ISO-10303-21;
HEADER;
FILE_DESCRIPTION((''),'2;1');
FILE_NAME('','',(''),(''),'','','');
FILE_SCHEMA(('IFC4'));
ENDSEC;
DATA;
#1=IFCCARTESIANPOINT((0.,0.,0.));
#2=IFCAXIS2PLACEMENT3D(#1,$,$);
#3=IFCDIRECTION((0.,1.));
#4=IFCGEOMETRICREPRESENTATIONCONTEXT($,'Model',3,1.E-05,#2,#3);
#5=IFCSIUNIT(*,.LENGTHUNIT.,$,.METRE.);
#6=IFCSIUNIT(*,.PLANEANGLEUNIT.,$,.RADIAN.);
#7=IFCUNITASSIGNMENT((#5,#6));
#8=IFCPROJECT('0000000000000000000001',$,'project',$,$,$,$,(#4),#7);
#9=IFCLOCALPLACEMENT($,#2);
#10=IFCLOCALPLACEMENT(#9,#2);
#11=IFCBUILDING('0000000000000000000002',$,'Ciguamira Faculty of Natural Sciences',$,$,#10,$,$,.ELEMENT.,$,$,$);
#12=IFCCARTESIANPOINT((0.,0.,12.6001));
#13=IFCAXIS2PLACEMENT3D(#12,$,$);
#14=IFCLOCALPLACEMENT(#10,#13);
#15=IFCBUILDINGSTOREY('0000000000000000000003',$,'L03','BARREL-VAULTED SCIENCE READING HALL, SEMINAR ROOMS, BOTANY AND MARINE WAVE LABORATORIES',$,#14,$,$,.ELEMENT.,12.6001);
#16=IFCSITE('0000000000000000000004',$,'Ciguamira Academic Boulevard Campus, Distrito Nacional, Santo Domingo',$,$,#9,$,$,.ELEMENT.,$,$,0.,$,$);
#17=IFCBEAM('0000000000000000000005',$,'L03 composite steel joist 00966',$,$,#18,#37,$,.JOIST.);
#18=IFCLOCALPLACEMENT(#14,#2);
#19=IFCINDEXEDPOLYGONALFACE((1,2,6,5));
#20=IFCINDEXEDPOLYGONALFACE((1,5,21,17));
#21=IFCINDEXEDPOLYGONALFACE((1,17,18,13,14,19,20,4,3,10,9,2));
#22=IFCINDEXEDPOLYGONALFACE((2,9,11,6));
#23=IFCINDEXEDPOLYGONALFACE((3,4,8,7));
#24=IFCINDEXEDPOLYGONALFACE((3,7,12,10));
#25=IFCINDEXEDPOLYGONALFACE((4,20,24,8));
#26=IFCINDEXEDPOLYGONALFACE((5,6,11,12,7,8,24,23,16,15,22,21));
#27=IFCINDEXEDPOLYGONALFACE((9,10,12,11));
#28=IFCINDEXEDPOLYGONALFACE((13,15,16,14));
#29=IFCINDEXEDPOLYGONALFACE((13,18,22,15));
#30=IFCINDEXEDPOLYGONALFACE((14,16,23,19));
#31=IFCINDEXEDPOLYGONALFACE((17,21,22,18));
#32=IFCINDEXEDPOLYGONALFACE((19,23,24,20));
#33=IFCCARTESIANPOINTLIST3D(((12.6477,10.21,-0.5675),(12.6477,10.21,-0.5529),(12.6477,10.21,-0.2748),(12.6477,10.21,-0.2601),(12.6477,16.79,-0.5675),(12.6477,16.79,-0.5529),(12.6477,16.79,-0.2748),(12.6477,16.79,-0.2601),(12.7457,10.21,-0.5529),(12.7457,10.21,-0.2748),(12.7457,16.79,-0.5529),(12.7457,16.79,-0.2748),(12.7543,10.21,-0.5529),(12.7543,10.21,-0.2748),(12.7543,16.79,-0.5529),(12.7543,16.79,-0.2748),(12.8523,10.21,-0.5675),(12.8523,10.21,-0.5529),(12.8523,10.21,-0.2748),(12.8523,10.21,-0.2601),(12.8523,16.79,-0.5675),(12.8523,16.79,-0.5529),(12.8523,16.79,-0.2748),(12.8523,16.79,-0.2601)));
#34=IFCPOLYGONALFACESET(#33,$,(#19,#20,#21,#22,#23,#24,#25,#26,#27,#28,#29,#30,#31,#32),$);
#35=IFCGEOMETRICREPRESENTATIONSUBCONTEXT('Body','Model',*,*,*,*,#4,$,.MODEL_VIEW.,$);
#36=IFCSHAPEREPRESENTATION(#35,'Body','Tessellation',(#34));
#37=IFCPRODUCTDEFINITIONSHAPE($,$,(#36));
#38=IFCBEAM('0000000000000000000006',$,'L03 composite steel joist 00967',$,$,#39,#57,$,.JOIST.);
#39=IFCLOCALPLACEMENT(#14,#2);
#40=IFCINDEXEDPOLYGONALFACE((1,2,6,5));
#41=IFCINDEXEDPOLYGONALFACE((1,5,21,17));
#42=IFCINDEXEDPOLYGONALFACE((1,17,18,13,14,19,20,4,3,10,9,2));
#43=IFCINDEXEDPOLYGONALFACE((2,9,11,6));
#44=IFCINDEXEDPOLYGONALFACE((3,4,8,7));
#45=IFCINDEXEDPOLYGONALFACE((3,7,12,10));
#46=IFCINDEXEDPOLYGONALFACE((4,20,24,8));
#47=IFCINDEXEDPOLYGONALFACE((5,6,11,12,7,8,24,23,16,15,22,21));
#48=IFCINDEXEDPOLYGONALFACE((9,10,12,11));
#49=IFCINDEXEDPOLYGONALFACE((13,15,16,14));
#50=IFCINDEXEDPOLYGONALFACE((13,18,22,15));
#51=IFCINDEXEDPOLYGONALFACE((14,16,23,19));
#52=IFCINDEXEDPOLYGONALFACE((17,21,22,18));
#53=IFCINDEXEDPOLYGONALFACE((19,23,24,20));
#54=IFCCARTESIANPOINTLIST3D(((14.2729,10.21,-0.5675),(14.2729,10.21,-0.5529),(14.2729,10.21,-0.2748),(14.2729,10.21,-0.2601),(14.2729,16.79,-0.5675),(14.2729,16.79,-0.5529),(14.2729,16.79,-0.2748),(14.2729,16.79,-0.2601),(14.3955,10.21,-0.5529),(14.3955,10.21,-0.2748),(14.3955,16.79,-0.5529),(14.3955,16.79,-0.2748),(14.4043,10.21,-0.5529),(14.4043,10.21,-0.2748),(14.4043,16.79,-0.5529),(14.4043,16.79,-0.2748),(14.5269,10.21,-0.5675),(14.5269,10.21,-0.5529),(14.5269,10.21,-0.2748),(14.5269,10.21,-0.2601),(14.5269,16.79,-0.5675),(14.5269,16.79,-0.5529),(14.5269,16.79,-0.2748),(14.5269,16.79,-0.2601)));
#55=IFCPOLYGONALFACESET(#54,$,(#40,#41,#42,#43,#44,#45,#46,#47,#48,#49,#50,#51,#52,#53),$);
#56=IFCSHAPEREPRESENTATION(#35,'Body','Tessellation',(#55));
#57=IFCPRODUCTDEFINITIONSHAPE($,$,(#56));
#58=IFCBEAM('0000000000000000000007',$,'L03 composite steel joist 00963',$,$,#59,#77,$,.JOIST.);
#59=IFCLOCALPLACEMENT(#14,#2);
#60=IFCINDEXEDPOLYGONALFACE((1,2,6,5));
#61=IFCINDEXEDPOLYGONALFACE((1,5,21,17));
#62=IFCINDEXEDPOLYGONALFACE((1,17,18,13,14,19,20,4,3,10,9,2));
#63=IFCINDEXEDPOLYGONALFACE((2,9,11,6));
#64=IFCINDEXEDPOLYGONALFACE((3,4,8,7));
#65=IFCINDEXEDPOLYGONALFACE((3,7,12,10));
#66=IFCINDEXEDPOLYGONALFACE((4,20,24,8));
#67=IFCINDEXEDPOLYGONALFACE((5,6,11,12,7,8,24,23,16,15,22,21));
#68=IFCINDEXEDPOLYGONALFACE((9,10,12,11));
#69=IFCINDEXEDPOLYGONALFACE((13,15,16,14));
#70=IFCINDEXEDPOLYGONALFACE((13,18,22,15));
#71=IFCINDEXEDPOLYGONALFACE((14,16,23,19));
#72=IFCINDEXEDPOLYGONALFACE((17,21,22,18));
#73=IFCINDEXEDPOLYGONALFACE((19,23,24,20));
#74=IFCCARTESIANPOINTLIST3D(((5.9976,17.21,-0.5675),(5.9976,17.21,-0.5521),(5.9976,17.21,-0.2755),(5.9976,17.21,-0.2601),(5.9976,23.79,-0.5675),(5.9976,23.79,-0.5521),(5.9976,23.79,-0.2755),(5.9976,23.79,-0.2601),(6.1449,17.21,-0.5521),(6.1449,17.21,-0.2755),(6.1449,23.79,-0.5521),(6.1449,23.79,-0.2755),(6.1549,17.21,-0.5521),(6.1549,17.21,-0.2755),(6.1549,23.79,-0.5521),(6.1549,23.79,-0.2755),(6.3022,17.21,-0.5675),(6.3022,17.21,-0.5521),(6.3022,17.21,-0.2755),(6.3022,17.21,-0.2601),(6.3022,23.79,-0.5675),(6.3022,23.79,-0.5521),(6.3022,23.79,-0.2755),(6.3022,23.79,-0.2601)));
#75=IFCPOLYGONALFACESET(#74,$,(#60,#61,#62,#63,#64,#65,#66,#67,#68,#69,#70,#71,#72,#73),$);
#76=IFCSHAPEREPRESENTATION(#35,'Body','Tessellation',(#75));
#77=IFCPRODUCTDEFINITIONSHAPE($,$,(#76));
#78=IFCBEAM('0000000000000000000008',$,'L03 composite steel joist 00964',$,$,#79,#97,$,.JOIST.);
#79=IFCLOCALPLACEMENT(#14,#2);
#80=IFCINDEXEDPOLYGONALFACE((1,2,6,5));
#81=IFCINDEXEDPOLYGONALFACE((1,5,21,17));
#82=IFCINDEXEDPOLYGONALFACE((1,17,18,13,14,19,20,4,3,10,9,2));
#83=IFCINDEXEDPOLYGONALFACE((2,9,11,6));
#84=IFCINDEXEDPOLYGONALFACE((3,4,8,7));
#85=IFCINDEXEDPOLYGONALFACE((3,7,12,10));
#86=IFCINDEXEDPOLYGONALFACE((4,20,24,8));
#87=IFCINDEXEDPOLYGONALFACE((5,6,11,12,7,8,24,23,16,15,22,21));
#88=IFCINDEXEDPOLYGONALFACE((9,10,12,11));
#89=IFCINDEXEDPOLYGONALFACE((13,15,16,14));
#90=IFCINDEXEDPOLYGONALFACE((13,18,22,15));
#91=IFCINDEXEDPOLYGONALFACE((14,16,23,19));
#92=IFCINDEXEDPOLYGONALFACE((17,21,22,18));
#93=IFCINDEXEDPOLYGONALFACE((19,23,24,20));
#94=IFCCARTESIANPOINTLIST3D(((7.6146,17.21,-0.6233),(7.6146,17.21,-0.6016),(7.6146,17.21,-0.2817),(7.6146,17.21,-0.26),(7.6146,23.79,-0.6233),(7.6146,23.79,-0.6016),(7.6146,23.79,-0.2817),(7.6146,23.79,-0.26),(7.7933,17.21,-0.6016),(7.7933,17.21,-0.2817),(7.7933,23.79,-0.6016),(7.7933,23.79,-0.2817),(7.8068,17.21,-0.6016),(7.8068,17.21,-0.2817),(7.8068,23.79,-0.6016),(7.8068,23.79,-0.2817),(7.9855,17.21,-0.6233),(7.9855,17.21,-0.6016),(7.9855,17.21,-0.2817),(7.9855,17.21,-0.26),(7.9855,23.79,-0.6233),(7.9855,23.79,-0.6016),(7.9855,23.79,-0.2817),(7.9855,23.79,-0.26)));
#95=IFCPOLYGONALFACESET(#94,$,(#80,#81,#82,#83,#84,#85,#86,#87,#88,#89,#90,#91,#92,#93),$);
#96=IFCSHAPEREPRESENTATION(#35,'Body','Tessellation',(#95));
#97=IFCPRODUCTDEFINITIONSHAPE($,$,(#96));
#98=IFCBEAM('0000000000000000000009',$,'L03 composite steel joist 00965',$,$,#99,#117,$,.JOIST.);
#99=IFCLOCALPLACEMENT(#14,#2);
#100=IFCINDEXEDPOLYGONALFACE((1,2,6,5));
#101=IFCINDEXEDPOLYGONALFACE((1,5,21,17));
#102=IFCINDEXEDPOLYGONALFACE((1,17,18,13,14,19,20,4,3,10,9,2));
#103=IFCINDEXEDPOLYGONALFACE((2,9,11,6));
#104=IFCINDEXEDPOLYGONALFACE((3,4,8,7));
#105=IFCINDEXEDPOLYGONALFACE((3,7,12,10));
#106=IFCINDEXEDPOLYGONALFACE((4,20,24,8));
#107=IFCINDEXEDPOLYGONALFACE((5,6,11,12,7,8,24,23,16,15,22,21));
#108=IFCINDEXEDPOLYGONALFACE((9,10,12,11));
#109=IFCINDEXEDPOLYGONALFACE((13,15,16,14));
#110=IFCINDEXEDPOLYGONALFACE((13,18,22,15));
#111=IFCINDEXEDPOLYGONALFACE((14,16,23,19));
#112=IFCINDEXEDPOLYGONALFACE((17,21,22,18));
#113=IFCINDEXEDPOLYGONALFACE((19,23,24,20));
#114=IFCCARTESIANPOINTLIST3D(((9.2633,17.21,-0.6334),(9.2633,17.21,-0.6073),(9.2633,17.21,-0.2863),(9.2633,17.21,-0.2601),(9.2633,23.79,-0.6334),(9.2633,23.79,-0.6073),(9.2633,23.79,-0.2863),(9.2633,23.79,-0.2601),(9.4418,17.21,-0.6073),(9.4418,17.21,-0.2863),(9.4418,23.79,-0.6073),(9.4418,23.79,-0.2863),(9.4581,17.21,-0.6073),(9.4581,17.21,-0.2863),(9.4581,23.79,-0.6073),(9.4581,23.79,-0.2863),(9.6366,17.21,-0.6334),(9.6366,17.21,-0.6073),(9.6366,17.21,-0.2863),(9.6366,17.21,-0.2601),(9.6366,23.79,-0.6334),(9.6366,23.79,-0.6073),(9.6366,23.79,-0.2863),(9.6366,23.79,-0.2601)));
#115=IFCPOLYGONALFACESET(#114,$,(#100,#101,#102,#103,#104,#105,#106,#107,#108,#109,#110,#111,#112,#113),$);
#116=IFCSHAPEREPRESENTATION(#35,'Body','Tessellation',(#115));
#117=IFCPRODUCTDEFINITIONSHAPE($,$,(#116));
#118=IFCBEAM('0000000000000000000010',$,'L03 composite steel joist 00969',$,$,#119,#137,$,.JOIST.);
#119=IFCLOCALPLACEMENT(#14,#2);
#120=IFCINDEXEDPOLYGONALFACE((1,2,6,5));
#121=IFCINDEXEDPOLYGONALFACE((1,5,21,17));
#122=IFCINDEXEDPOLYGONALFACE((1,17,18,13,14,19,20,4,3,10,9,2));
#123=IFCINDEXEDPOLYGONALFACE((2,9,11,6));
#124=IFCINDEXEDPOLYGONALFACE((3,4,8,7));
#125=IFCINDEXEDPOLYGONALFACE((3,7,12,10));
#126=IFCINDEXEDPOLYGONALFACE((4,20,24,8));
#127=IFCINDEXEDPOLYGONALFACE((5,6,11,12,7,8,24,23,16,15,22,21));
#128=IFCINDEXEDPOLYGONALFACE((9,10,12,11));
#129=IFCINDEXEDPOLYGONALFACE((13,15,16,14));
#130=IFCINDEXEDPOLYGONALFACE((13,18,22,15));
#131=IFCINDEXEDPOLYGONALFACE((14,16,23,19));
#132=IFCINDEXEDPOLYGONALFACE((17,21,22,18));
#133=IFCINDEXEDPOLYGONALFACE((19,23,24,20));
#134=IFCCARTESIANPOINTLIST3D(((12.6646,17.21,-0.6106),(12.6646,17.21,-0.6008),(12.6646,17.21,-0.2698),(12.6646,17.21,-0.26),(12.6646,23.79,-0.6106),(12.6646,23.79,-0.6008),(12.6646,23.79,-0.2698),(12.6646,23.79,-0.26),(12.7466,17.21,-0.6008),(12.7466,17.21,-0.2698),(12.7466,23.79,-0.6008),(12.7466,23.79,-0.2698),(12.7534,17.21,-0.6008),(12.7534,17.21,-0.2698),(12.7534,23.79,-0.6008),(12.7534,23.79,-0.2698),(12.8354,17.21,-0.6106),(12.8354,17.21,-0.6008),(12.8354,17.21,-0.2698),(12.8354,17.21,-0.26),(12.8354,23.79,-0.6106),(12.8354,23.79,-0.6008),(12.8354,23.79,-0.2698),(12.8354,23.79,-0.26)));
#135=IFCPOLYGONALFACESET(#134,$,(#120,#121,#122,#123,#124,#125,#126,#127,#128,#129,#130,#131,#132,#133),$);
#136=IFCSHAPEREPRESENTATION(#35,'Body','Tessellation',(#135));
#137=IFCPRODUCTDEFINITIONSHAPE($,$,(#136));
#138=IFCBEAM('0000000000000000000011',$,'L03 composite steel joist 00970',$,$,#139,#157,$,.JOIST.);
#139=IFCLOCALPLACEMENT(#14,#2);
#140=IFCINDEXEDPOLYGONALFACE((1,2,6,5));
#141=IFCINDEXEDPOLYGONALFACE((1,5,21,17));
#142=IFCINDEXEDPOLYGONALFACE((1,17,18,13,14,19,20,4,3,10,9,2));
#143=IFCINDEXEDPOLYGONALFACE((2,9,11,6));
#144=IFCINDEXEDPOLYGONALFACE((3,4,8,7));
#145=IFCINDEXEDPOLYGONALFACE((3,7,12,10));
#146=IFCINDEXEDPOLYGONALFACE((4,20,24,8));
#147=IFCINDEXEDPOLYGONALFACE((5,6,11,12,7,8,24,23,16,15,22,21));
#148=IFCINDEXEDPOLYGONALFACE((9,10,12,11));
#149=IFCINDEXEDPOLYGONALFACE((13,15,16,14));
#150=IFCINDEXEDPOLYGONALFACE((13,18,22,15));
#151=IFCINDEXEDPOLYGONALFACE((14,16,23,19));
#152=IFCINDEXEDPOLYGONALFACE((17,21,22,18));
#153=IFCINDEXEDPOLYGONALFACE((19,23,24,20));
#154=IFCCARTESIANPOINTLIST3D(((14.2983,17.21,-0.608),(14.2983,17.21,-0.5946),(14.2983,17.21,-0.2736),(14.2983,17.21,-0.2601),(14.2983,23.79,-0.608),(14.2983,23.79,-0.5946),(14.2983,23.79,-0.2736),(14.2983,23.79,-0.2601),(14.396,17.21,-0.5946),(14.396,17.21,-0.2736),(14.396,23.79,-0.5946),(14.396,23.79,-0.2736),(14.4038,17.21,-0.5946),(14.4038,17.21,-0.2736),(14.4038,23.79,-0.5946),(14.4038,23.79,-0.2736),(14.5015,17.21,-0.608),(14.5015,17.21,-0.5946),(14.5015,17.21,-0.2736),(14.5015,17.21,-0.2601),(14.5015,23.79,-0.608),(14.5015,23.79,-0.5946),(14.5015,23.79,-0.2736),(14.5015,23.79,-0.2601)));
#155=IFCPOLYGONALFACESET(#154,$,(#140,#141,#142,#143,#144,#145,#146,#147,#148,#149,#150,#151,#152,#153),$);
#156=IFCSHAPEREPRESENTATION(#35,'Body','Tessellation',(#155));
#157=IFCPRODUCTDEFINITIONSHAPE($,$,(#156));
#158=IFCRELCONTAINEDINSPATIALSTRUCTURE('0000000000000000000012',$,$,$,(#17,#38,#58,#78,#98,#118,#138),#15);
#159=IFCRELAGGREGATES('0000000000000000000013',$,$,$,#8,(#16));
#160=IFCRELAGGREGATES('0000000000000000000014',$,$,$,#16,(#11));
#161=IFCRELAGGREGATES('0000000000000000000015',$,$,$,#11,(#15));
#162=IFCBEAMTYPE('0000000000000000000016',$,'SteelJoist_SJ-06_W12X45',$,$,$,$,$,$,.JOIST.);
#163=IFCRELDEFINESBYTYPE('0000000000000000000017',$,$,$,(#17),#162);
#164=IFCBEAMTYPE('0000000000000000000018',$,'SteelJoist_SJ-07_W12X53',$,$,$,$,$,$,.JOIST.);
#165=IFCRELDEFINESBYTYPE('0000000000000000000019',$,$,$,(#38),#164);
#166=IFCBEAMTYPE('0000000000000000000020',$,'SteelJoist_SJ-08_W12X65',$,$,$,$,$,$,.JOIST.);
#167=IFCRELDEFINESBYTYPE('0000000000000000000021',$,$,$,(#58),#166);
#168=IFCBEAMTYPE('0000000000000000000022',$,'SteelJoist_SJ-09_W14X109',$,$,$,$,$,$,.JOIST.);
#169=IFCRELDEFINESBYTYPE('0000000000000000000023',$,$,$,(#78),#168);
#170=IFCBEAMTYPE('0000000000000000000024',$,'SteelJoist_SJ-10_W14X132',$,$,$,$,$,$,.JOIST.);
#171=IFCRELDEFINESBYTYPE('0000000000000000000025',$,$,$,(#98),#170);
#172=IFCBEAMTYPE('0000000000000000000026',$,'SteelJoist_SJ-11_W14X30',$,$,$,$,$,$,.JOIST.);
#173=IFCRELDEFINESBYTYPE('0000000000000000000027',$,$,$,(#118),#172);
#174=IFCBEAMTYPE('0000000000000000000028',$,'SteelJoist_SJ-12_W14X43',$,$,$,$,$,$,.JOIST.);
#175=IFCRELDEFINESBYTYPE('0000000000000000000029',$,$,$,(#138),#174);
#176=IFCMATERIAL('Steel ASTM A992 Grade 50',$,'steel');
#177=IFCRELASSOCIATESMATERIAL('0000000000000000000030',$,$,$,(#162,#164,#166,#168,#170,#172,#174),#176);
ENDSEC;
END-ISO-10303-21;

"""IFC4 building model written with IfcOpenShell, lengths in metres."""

from ifc_helpers import new_model, si_unit, direction, frame, origin, origin_2d, place, context, subcontext, project, spatial, i_section, extrude, material, material_profile, profile_set, type_object, element, save


model = new_model("IFC4")

# Units and contexts
model_context = context("Model", 3, precision=1e-05, world=origin(), true_north=direction((0.0, 1.0)))
body_context = subcontext(model_context, "Body", "Model", "MODEL_VIEW")
ifc_project = project(units=[si_unit("LENGTHUNIT", "METRE"), si_unit("PLANEANGLEUNIT", "RADIAN")], contexts=[model_context])

# Site, building, storey
site_placement = place(None, origin())
site = spatial("IfcSite", under=ifc_project, at=site_placement, Name="Ciguamira Academic Boulevard Campus, Distrito Nacional, Santo Domingo", CompositionType="ELEMENT", RefElevation=0.0)
building_placement = place(site_placement, origin())
building = spatial("IfcBuilding", under=site, at=building_placement, Name="Ciguamira Faculty of Natural Sciences", CompositionType="ELEMENT")
storey_placement = place(building_placement, frame((0.0, 0.0, 12.6001)))
storey = spatial("IfcBuildingStorey", under=building, at=storey_placement, Name="L03", Description="BARREL-VAULTED SCIENCE READING HALL, SEMINAR ROOMS, BOTANY AND MARINE WAVE LABORATORIES", CompositionType="ELEMENT", Elevation=12.6001)

# Beams
ifc_material_1 = material(Name="Steel ASTM A992 Grade 50", Category="steel")
ifc_material_profile_1 = material_profile(ifc_material_1, i_section(OverallWidth=0.2046, OverallDepth=0.3074, WebThickness=0.0085, FlangeThickness=0.0146, at=origin_2d()), Name="W12X45")
ifc_profile_set_1 = profile_set([ifc_material_profile_1], Name="Steel ASTM A992 Grade 50")
beam_type_1 = type_object("IfcBeamType", Name="SteelJoist_SJ-06_W12X45", PredefinedType="JOIST", material=ifc_profile_set_1)
beam_1_placement = place(storey_placement, frame((12.75, 10.21, -0.4138), z_axis=(0.0, 1.0, 0.0), x_axis=(-1.0, 0.0, 0.0)))
element("IfcBeam", 1, at=beam_1_placement, inside=storey, type_object=beam_type_1, Name="L03 composite steel joist 00966", PredefinedType="JOIST", context=body_context, shape_type="SweptSolid", body=[
    extrude(i_section(OverallWidth=0.2046, OverallDepth=0.3074, WebThickness=0.0085, FlangeThickness=0.0146, at=origin_2d()), origin(), (0.0, 0.0, 1.0), 6.5801),
])
ifc_material_profile_2 = material_profile(ifc_material_1, i_section(OverallWidth=0.2539, OverallDepth=0.3074, WebThickness=0.0088, FlangeThickness=0.0146, at=origin_2d()), Name="W12X53")
ifc_profile_set_2 = profile_set([ifc_material_profile_2], Name="Steel ASTM A992 Grade 50")
beam_type_2 = type_object("IfcBeamType", Name="SteelJoist_SJ-07_W12X53", PredefinedType="JOIST", material=ifc_profile_set_2)
beam_2_placement = place(storey_placement, frame((14.3999, 10.21, -0.4138), z_axis=(0.0, 1.0, 0.0), x_axis=(-1.0, 0.0, 0.0)))
element("IfcBeam", 2, at=beam_2_placement, inside=storey, type_object=beam_type_2, Name="L03 composite steel joist 00967", PredefinedType="JOIST", context=body_context, shape_type="SweptSolid", body=[
    extrude(i_section(OverallWidth=0.2539, OverallDepth=0.3074, WebThickness=0.0088, FlangeThickness=0.0146, at=origin_2d()), origin(), (0.0, 0.0, 1.0), 6.5801),
])
ifc_material_profile_3 = material_profile(ifc_material_1, i_section(OverallWidth=0.3047, OverallDepth=0.3074, WebThickness=0.01, FlangeThickness=0.0154, at=origin_2d()), Name="W12X65")
ifc_profile_set_3 = profile_set([ifc_material_profile_3], Name="Steel ASTM A992 Grade 50")
beam_type_3 = type_object("IfcBeamType", Name="SteelJoist_SJ-08_W12X65", PredefinedType="JOIST", material=ifc_profile_set_3)
beam_3_placement = place(storey_placement, frame((6.1499, 17.21, -0.4138), z_axis=(0.0, 1.0, 0.0), x_axis=(-1.0, 0.0, 0.0)))
element("IfcBeam", 3, at=beam_3_placement, inside=storey, type_object=beam_type_3, Name="L03 composite steel joist 00963", PredefinedType="JOIST", context=body_context, shape_type="SweptSolid", body=[
    extrude(i_section(OverallWidth=0.3047, OverallDepth=0.3074, WebThickness=0.01, FlangeThickness=0.0154, at=origin_2d()), origin(), (0.0, 0.0, 1.0), 6.5801),
])
ifc_material_profile_4 = material_profile(ifc_material_1, i_section(OverallWidth=0.3708, OverallDepth=0.3633, WebThickness=0.0134, FlangeThickness=0.0217, at=origin_2d()), Name="W14X109")
ifc_profile_set_4 = profile_set([ifc_material_profile_4], Name="Steel ASTM A992 Grade 50")
beam_type_4 = type_object("IfcBeamType", Name="SteelJoist_SJ-09_W14X109", PredefinedType="JOIST", material=ifc_profile_set_4)
beam_4_placement = place(storey_placement, frame((7.8, 17.21, -0.4417), z_axis=(0.0, 1.0, 0.0), x_axis=(-1.0, 0.0, 0.0)))
element("IfcBeam", 4, at=beam_4_placement, inside=storey, type_object=beam_type_4, Name="L03 composite steel joist 00964", PredefinedType="JOIST", context=body_context, shape_type="SweptSolid", body=[
    extrude(i_section(OverallWidth=0.3708, OverallDepth=0.3633, WebThickness=0.0134, FlangeThickness=0.0217, at=origin_2d()), origin(), (0.0, 0.0, 1.0), 6.5801),
])
ifc_material_profile_5 = material_profile(ifc_material_1, i_section(OverallWidth=0.3733, OverallDepth=0.3733, WebThickness=0.0164, FlangeThickness=0.0261, at=origin_2d()), Name="W14X132")
ifc_profile_set_5 = profile_set([ifc_material_profile_5], Name="Steel ASTM A992 Grade 50")
beam_type_5 = type_object("IfcBeamType", Name="SteelJoist_SJ-10_W14X132", PredefinedType="JOIST", material=ifc_profile_set_5)
beam_5_placement = place(storey_placement, frame((9.45, 17.21, -0.4468), z_axis=(0.0, 1.0, 0.0), x_axis=(-1.0, 0.0, 0.0)))
element("IfcBeam", 5, at=beam_5_placement, inside=storey, type_object=beam_type_5, Name="L03 composite steel joist 00965", PredefinedType="JOIST", context=body_context, shape_type="SweptSolid", body=[
    extrude(i_section(OverallWidth=0.3733, OverallDepth=0.3733, WebThickness=0.0164, FlangeThickness=0.0261, at=origin_2d()), origin(), (0.0, 0.0, 1.0), 6.5801),
])
ifc_material_profile_6 = material_profile(ifc_material_1, i_section(OverallWidth=0.1709, OverallDepth=0.3506, WebThickness=0.0068, FlangeThickness=0.0098, at=origin_2d()), Name="W14X30")
ifc_profile_set_6 = profile_set([ifc_material_profile_6], Name="Steel ASTM A992 Grade 50")
beam_type_6 = type_object("IfcBeamType", Name="SteelJoist_SJ-11_W14X30", PredefinedType="JOIST", material=ifc_profile_set_6)
beam_6_placement = place(storey_placement, frame((12.75, 17.21, -0.4353), z_axis=(0.0, 1.0, 0.0), x_axis=(-1.0, 0.0, 0.0)))
element("IfcBeam", 6, at=beam_6_placement, inside=storey, type_object=beam_type_6, Name="L03 composite steel joist 00969", PredefinedType="JOIST", context=body_context, shape_type="SweptSolid", body=[
    extrude(i_section(OverallWidth=0.1709, OverallDepth=0.3506, WebThickness=0.0068, FlangeThickness=0.0098, at=origin_2d()), origin(), (0.0, 0.0, 1.0), 6.5801),
])
ifc_material_profile_7 = material_profile(ifc_material_1, i_section(OverallWidth=0.2031, OverallDepth=0.3479, WebThickness=0.0078, FlangeThickness=0.0134, at=origin_2d()), Name="W14X43")
ifc_profile_set_7 = profile_set([ifc_material_profile_7], Name="Steel ASTM A992 Grade 50")
beam_type_7 = type_object("IfcBeamType", Name="SteelJoist_SJ-12_W14X43", PredefinedType="JOIST", material=ifc_profile_set_7)
beam_7_placement = place(storey_placement, frame((14.3999, 17.21, -0.4341), z_axis=(0.0, 1.0, 0.0), x_axis=(-1.0, 0.0, 0.0)))
element("IfcBeam", 7, at=beam_7_placement, inside=storey, type_object=beam_type_7, Name="L03 composite steel joist 00970", PredefinedType="JOIST", context=body_context, shape_type="SweptSolid", body=[
    extrude(i_section(OverallWidth=0.2031, OverallDepth=0.3479, WebThickness=0.0078, FlangeThickness=0.0134, at=origin_2d()), origin(), (0.0, 0.0, 1.0), 6.5801),
])

save(model, "model.ifc")
